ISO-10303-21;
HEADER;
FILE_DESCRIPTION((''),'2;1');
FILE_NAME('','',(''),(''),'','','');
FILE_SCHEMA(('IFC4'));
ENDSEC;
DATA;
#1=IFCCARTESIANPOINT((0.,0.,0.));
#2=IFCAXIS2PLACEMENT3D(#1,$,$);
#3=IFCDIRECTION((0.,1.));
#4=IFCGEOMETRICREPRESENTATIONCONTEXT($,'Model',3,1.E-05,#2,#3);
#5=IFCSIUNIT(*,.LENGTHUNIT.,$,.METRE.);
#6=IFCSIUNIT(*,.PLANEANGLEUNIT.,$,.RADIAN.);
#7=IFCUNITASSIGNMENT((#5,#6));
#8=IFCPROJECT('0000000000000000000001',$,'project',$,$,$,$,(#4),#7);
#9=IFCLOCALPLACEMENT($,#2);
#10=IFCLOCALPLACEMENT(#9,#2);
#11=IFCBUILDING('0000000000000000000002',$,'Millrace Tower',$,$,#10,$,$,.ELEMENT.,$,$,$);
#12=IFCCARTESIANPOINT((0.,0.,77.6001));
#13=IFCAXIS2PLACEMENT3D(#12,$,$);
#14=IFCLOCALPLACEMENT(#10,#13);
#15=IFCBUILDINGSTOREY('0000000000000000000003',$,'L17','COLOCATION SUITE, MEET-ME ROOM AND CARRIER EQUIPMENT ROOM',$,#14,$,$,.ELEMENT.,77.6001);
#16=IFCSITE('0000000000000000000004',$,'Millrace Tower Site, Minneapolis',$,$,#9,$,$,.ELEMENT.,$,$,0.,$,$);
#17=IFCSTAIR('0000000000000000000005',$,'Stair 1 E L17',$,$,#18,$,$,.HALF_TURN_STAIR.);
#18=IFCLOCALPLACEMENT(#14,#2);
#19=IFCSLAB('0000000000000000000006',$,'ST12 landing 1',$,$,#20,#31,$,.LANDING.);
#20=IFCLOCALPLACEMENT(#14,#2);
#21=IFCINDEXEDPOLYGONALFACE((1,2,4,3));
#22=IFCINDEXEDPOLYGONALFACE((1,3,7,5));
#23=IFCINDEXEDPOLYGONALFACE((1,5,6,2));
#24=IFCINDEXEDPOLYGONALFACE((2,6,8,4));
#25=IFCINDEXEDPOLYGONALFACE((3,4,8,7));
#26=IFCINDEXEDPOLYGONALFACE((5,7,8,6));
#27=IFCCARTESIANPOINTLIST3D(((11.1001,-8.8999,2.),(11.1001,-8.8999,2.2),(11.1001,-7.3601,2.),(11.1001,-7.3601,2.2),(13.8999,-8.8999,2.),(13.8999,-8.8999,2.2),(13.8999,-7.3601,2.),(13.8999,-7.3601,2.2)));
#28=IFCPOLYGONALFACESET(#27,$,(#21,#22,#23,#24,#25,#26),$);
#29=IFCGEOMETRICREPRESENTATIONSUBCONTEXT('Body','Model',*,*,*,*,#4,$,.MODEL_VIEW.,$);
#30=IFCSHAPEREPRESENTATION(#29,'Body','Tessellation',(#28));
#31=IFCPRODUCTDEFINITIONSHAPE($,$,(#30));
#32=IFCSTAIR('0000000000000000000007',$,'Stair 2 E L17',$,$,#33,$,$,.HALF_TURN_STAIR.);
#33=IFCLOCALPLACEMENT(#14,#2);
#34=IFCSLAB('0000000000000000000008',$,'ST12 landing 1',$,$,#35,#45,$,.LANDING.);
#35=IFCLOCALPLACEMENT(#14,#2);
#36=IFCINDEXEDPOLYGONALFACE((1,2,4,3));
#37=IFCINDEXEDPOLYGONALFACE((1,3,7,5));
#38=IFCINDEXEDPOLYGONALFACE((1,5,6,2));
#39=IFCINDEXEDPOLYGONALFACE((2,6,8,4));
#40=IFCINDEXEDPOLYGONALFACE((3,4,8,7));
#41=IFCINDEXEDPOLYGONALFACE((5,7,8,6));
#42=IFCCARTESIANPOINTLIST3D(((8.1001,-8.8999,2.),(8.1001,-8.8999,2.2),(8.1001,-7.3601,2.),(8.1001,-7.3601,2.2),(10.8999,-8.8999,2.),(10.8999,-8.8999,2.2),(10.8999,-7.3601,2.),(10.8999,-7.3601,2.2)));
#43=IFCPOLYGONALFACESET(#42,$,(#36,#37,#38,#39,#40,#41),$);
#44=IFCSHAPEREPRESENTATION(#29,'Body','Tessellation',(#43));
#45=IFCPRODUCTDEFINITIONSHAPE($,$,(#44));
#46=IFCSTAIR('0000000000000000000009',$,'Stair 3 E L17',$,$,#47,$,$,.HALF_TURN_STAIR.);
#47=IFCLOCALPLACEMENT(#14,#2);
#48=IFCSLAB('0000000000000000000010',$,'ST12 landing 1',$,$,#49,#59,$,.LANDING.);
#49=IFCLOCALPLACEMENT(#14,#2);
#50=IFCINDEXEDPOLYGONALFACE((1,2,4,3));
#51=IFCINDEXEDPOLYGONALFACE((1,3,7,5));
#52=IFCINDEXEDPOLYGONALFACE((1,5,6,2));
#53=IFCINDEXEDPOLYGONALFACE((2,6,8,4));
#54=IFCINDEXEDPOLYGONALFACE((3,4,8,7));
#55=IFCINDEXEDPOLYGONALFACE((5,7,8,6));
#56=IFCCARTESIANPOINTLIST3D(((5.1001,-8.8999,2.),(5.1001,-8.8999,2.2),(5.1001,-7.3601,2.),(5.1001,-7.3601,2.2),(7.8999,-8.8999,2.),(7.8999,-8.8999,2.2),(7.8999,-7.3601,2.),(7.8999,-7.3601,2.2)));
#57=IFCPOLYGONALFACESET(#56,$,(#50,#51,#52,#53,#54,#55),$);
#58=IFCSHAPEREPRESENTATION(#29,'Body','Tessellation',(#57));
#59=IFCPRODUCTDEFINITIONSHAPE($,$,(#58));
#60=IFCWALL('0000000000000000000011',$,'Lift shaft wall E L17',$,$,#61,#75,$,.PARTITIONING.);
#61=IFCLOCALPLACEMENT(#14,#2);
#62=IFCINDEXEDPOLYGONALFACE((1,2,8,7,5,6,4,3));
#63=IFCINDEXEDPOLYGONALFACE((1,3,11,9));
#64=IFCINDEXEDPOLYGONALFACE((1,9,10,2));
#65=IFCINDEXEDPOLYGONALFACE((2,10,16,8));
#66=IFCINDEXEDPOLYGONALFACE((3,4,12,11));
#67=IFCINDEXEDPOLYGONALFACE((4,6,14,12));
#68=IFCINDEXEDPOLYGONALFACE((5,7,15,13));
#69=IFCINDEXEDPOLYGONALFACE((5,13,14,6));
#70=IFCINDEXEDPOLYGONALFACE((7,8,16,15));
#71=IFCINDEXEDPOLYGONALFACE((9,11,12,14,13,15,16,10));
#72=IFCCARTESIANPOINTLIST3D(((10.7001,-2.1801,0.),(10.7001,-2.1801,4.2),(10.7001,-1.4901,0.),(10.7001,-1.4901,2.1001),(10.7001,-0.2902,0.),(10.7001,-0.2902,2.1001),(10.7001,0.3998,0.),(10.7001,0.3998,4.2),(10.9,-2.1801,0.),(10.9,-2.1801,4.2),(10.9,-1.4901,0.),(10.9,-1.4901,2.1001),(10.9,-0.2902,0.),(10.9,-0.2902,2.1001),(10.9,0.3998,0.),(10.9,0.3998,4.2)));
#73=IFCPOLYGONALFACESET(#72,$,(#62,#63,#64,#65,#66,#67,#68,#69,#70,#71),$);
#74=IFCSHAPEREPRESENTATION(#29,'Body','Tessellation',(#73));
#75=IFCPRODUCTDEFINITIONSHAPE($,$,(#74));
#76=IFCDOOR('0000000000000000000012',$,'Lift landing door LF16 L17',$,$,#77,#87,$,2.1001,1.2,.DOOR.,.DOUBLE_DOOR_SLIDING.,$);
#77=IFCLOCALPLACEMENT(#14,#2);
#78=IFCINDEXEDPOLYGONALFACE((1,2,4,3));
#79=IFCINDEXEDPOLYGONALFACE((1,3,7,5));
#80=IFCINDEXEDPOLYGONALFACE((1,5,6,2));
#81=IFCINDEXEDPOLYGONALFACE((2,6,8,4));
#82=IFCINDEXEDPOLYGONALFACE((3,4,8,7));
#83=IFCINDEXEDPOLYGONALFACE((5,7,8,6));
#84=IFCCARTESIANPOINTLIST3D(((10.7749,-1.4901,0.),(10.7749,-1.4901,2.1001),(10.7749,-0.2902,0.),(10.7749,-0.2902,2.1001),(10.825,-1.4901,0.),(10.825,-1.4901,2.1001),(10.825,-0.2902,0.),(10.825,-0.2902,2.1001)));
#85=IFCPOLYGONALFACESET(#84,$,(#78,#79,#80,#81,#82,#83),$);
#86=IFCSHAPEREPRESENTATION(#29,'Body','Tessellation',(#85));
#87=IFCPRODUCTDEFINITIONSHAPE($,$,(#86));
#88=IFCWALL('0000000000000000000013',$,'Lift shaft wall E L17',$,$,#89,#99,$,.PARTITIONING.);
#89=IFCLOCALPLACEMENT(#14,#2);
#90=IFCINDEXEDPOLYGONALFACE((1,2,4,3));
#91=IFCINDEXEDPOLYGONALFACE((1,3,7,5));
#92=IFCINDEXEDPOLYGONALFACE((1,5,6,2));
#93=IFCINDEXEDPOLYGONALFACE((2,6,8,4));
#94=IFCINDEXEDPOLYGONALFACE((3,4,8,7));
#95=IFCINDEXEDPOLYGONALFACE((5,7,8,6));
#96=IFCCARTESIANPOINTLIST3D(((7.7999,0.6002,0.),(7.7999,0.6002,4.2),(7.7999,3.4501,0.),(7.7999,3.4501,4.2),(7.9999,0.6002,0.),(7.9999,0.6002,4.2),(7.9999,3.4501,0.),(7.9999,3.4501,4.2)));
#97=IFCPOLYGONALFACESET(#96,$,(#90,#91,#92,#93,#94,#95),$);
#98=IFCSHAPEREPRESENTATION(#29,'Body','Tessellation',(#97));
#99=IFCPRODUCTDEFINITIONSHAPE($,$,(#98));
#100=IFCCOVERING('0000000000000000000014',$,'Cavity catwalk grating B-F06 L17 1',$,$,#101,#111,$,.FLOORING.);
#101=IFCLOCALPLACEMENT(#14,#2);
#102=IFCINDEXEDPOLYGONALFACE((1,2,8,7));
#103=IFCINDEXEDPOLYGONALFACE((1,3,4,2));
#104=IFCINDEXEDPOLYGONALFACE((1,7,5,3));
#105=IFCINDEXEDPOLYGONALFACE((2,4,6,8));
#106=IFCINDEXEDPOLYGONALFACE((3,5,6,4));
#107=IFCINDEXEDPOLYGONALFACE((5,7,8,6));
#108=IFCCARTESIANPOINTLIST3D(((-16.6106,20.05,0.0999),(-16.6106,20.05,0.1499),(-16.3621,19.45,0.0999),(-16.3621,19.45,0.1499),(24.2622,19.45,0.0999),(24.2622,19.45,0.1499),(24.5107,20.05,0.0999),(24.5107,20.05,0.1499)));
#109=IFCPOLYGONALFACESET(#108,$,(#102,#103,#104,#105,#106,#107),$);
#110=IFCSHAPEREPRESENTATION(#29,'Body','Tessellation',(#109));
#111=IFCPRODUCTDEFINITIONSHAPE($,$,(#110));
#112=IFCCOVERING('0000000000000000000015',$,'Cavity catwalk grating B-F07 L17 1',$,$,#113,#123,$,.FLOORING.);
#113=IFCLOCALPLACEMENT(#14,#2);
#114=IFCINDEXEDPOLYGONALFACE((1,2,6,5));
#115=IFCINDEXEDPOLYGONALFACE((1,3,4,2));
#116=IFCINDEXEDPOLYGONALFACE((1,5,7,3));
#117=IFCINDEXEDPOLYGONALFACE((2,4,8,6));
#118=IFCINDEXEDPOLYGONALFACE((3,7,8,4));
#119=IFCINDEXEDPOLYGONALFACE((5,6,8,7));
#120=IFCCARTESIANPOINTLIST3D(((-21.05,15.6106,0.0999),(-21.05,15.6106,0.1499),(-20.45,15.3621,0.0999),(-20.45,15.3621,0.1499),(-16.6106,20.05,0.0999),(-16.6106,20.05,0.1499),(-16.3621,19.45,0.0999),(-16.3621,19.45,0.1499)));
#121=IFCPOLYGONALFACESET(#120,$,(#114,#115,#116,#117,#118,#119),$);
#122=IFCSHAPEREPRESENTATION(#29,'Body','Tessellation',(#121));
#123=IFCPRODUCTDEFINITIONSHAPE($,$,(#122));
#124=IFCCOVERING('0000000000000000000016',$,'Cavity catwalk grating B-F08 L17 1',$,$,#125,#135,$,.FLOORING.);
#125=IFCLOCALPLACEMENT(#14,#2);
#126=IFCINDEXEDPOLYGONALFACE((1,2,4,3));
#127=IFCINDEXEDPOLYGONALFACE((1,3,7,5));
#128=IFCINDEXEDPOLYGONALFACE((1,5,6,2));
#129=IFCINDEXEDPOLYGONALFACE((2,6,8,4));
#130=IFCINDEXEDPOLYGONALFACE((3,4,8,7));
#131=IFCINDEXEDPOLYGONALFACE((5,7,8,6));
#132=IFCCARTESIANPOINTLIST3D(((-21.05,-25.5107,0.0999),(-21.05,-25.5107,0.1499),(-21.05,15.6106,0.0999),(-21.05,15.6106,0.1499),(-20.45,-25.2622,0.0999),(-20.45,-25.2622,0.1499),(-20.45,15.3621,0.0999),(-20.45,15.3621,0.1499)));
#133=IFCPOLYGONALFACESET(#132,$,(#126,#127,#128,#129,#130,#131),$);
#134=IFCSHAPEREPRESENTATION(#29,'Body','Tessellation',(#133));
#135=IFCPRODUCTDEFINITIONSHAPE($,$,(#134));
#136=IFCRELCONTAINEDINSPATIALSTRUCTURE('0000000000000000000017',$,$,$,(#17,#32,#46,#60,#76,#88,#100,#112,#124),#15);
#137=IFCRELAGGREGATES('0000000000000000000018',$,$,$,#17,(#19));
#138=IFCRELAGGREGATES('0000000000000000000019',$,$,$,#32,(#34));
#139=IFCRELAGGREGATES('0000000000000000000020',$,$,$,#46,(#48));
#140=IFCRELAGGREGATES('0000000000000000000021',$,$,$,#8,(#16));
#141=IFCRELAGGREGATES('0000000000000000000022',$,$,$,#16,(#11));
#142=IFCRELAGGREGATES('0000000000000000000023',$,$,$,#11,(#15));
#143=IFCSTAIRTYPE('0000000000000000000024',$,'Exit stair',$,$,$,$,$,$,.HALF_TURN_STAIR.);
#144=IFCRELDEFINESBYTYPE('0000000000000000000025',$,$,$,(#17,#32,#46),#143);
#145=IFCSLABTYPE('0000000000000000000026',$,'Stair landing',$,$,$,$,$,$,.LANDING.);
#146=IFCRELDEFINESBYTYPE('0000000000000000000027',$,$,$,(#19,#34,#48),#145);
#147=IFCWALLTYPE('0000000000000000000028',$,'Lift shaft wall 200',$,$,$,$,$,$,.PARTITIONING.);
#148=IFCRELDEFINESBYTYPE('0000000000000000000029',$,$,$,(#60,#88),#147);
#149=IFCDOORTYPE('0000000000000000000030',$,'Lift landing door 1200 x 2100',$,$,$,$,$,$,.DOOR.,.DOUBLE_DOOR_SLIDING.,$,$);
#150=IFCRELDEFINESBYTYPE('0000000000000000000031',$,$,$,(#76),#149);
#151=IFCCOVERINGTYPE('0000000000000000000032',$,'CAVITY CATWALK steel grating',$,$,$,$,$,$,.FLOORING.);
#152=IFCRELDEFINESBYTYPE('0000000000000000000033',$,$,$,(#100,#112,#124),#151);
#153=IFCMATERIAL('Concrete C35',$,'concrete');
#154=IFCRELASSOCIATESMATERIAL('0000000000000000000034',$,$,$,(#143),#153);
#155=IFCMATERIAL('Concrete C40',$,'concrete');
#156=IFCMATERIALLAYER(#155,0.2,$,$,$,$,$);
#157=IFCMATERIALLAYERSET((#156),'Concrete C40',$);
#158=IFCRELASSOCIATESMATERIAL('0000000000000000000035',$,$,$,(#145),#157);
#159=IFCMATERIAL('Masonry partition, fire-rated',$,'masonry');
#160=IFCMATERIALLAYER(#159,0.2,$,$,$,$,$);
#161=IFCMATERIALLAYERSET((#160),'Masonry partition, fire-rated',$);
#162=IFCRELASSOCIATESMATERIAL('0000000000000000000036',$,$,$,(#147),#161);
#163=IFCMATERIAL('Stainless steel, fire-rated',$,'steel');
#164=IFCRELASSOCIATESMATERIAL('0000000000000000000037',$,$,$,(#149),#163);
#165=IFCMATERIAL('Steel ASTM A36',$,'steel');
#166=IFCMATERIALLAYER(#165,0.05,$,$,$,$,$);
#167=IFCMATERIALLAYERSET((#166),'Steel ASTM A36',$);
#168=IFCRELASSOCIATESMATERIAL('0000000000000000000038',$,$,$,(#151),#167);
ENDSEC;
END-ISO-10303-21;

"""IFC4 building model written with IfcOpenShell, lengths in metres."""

from ifc_helpers import new_model, si_unit, direction, frame, frame_2d, origin, place, context, subcontext, project, spatial, polyline, rectangle, outline, extrude, material, layer, layer_set, type_object, element, fill, aggregate, save


model = new_model("IFC4")

# Units and contexts
model_context = context("Model", 3, precision=1e-05, world=origin(), true_north=direction((0.0, 1.0)))
body_context = subcontext(model_context, "Body", "Model", "MODEL_VIEW")
ifc_project = project(units=[si_unit("LENGTHUNIT", "METRE"), si_unit("PLANEANGLEUNIT", "RADIAN")], contexts=[model_context])

# Site, building, storey
site_placement = place(None, origin())
site = spatial("IfcSite", under=ifc_project, at=site_placement, Name="Millrace Tower Site, Minneapolis", CompositionType="ELEMENT", RefElevation=0.0)
building_placement = place(site_placement, origin())
building = spatial("IfcBuilding", under=site, at=building_placement, Name="Millrace Tower", CompositionType="ELEMENT")
storey_placement = place(building_placement, frame((0.0, 0.0, 77.6001)))
storey = spatial("IfcBuildingStorey", under=building, at=storey_placement, Name="L17", Description="COLOCATION SUITE, MEET-ME ROOM AND CARRIER EQUIPMENT ROOM", CompositionType="ELEMENT", Elevation=77.6001)

# Shared definitions
placement_1 = place(storey_placement, origin())

# Stairs, slabs
ifc_material_1 = material(Name="Concrete C35", Category="concrete")
stair_type = type_object("IfcStairType", Name="Exit stair", PredefinedType="HALF_TURN_STAIR", material=ifc_material_1)
ifc_material_2 = material(Name="Concrete C40", Category="concrete")
ifc_layer_1 = layer(ifc_material_2, 0.2)
ifc_layer_set_1 = layer_set([ifc_layer_1], Name="Concrete C40")
slab_type = type_object("IfcSlabType", Name="Stair landing", PredefinedType="LANDING", material=ifc_layer_set_1)
placement_2 = place(storey_placement, frame((0.0, 0.0, 2.0)))
stair_1 = element("IfcStair", 1, at=placement_1, inside=storey, type_object=stair_type, Name="Stair 1 E L17", PredefinedType="HALF_TURN_STAIR")
slab_1 = element("IfcSlab", 2, at=placement_2, type_object=slab_type, Name="ST12 landing 1", PredefinedType="LANDING", context=body_context, shape_type="SweptSolid", body=[
    extrude(outline(polyline([(11.1001, -8.8999), (13.8999, -8.8999), (13.8999, -7.3601), (11.1001, -7.3601), (11.1001, -8.8999)])), origin(), (0.0, 0.0, 1.0), 0.2),
])
aggregate(stair_1, [slab_1])
stair_2 = element("IfcStair", 3, at=placement_1, inside=storey, type_object=stair_type, Name="Stair 2 E L17", PredefinedType="HALF_TURN_STAIR")
slab_2 = element("IfcSlab", 4, at=placement_2, type_object=slab_type, Name="ST12 landing 1", PredefinedType="LANDING", context=body_context, shape_type="SweptSolid", body=[
    extrude(outline(polyline([(8.1001, -8.8999), (10.8999, -8.8999), (10.8999, -7.3601), (8.1001, -7.3601), (8.1001, -8.8999)])), origin(), (0.0, 0.0, 1.0), 0.2),
])
aggregate(stair_2, [slab_2])
stair_3 = element("IfcStair", 5, at=placement_1, inside=storey, type_object=stair_type, Name="Stair 3 E L17", PredefinedType="HALF_TURN_STAIR")
slab_3 = element("IfcSlab", 6, at=placement_2, type_object=slab_type, Name="ST12 landing 1", PredefinedType="LANDING", context=body_context, shape_type="SweptSolid", body=[
    extrude(outline(polyline([(5.1001, -8.8999), (7.8999, -8.8999), (7.8999, -7.3601), (5.1001, -7.3601), (5.1001, -8.8999)])), origin(), (0.0, 0.0, 1.0), 0.2),
])
aggregate(stair_3, [slab_3])

# Wall, opening, door
ifc_material_3 = material(Name="Masonry partition, fire-rated", Category="masonry")
ifc_layer_2 = layer(ifc_material_3, 0.2)
ifc_layer_set_2 = layer_set([ifc_layer_2], Name="Masonry partition, fire-rated")
wall_type = type_object("IfcWallType", Name="Lift shaft wall 200", PredefinedType="PARTITIONING", material=ifc_layer_set_2)
wall_1_placement = place(storey_placement, frame((10.8, 0.3999, 0.0), z_axis=(0.0, 0.0, 1.0), x_axis=(0.0, -1.0, 0.0)))
wall_1 = element("IfcWall", 7, at=wall_1_placement, inside=storey, type_object=wall_type, Name="Lift shaft wall E L17", PredefinedType="PARTITIONING", context=body_context, shape_type="SweptSolid", body=[
    extrude(rectangle(XDim=2.5798, YDim=0.2, at=frame_2d((1.29, 0.0))), origin(), (0.0, 0.0, 1.0), 4.2),
])
opening_placement = place(wall_1_placement, frame((0.6899, 0.0, 0.0)))
opening = element("IfcOpeningElement", 8, at=opening_placement, cuts=wall_1, PredefinedType="OPENING", context=body_context, shape_type="SweptSolid", body=[
    extrude(rectangle(XDim=1.2, YDim=2.1001, at=frame_2d((0.6001, 1.05))), frame((0.0, 0.1099, 0.0), z_axis=(0.0, -1.0, 0.0), x_axis=(1.0, 0.0, 0.0)), (0.0, 0.0, 1.0), 0.22),
])
ifc_material_4 = material(Name="Stainless steel, fire-rated", Category="steel")
door_type = type_object("IfcDoorType", Name="Lift landing door 1200 x 2100", OperationType="DOUBLE_DOOR_SLIDING", PredefinedType="DOOR", material=ifc_material_4)
door_placement = place(opening_placement, origin())
door = element("IfcDoor", 9, at=door_placement, inside=storey, type_object=door_type, Name="Lift landing door LF16 L17", OperationType="DOUBLE_DOOR_SLIDING", OverallHeight=2.1001, OverallWidth=1.2, PredefinedType="DOOR", context=body_context, shape_type="SweptSolid", body=[
    extrude(rectangle(XDim=1.2, YDim=2.1001, at=frame_2d((0.6001, 1.05))), frame((0.0, 0.0249, 0.0), z_axis=(0.0, -1.0, 0.0), x_axis=(1.0, 0.0, 0.0)), (0.0, 0.0, 1.0), 0.05),
])
fill(opening, door)

# Wall
wall_2_placement = place(storey_placement, frame((7.8999, 3.45, 0.0), z_axis=(0.0, 0.0, 1.0), x_axis=(0.0, -1.0, 0.0)))
element("IfcWall", 10, at=wall_2_placement, inside=storey, type_object=wall_type, Name="Lift shaft wall E L17", PredefinedType="PARTITIONING", context=body_context, shape_type="SweptSolid", body=[
    extrude(rectangle(XDim=2.8499, YDim=0.2, at=frame_2d((1.4248, 0.0))), origin(), (0.0, 0.0, 1.0), 4.2),
])

# Coverings
ifc_material_5 = material(Name="Steel ASTM A36", Category="steel")
ifc_layer_3 = layer(ifc_material_5, 0.05)
ifc_layer_set_3 = layer_set([ifc_layer_3], Name="Steel ASTM A36")
covering_type = type_object("IfcCoveringType", Name="CAVITY CATWALK steel grating", PredefinedType="FLOORING", material=ifc_layer_set_3)
placement_3 = place(storey_placement, frame((0.0, 0.0, 0.0999)))
element("IfcCovering", 11, at=placement_3, inside=storey, type_object=covering_type, Name="Cavity catwalk grating B-F06 L17 1", PredefinedType="FLOORING", context=body_context, shape_type="SweptSolid", body=[
    extrude(outline(polyline([(24.5107, 20.05), (-16.6106, 20.05), (-16.3621, 19.45), (24.2622, 19.45), (24.5107, 20.05)])), origin(), (0.0, 0.0, 1.0), 0.05),
])
element("IfcCovering", 12, at=placement_3, inside=storey, type_object=covering_type, Name="Cavity catwalk grating B-F07 L17 1", PredefinedType="FLOORING", context=body_context, shape_type="SweptSolid", body=[
    extrude(outline(polyline([(-16.6106, 20.05), (-21.05, 15.6106), (-20.45, 15.3621), (-16.3621, 19.45), (-16.6106, 20.05)])), origin(), (0.0, 0.0, 1.0), 0.05),
])
element("IfcCovering", 13, at=placement_3, inside=storey, type_object=covering_type, Name="Cavity catwalk grating B-F08 L17 1", PredefinedType="FLOORING", context=body_context, shape_type="SweptSolid", body=[
    extrude(outline(polyline([(-21.05, 15.6106), (-21.05, -25.5107), (-20.45, -25.2622), (-20.45, 15.3621), (-21.05, 15.6106)])), origin(), (0.0, 0.0, 1.0), 0.05),
])

save(model, "model.ifc")
